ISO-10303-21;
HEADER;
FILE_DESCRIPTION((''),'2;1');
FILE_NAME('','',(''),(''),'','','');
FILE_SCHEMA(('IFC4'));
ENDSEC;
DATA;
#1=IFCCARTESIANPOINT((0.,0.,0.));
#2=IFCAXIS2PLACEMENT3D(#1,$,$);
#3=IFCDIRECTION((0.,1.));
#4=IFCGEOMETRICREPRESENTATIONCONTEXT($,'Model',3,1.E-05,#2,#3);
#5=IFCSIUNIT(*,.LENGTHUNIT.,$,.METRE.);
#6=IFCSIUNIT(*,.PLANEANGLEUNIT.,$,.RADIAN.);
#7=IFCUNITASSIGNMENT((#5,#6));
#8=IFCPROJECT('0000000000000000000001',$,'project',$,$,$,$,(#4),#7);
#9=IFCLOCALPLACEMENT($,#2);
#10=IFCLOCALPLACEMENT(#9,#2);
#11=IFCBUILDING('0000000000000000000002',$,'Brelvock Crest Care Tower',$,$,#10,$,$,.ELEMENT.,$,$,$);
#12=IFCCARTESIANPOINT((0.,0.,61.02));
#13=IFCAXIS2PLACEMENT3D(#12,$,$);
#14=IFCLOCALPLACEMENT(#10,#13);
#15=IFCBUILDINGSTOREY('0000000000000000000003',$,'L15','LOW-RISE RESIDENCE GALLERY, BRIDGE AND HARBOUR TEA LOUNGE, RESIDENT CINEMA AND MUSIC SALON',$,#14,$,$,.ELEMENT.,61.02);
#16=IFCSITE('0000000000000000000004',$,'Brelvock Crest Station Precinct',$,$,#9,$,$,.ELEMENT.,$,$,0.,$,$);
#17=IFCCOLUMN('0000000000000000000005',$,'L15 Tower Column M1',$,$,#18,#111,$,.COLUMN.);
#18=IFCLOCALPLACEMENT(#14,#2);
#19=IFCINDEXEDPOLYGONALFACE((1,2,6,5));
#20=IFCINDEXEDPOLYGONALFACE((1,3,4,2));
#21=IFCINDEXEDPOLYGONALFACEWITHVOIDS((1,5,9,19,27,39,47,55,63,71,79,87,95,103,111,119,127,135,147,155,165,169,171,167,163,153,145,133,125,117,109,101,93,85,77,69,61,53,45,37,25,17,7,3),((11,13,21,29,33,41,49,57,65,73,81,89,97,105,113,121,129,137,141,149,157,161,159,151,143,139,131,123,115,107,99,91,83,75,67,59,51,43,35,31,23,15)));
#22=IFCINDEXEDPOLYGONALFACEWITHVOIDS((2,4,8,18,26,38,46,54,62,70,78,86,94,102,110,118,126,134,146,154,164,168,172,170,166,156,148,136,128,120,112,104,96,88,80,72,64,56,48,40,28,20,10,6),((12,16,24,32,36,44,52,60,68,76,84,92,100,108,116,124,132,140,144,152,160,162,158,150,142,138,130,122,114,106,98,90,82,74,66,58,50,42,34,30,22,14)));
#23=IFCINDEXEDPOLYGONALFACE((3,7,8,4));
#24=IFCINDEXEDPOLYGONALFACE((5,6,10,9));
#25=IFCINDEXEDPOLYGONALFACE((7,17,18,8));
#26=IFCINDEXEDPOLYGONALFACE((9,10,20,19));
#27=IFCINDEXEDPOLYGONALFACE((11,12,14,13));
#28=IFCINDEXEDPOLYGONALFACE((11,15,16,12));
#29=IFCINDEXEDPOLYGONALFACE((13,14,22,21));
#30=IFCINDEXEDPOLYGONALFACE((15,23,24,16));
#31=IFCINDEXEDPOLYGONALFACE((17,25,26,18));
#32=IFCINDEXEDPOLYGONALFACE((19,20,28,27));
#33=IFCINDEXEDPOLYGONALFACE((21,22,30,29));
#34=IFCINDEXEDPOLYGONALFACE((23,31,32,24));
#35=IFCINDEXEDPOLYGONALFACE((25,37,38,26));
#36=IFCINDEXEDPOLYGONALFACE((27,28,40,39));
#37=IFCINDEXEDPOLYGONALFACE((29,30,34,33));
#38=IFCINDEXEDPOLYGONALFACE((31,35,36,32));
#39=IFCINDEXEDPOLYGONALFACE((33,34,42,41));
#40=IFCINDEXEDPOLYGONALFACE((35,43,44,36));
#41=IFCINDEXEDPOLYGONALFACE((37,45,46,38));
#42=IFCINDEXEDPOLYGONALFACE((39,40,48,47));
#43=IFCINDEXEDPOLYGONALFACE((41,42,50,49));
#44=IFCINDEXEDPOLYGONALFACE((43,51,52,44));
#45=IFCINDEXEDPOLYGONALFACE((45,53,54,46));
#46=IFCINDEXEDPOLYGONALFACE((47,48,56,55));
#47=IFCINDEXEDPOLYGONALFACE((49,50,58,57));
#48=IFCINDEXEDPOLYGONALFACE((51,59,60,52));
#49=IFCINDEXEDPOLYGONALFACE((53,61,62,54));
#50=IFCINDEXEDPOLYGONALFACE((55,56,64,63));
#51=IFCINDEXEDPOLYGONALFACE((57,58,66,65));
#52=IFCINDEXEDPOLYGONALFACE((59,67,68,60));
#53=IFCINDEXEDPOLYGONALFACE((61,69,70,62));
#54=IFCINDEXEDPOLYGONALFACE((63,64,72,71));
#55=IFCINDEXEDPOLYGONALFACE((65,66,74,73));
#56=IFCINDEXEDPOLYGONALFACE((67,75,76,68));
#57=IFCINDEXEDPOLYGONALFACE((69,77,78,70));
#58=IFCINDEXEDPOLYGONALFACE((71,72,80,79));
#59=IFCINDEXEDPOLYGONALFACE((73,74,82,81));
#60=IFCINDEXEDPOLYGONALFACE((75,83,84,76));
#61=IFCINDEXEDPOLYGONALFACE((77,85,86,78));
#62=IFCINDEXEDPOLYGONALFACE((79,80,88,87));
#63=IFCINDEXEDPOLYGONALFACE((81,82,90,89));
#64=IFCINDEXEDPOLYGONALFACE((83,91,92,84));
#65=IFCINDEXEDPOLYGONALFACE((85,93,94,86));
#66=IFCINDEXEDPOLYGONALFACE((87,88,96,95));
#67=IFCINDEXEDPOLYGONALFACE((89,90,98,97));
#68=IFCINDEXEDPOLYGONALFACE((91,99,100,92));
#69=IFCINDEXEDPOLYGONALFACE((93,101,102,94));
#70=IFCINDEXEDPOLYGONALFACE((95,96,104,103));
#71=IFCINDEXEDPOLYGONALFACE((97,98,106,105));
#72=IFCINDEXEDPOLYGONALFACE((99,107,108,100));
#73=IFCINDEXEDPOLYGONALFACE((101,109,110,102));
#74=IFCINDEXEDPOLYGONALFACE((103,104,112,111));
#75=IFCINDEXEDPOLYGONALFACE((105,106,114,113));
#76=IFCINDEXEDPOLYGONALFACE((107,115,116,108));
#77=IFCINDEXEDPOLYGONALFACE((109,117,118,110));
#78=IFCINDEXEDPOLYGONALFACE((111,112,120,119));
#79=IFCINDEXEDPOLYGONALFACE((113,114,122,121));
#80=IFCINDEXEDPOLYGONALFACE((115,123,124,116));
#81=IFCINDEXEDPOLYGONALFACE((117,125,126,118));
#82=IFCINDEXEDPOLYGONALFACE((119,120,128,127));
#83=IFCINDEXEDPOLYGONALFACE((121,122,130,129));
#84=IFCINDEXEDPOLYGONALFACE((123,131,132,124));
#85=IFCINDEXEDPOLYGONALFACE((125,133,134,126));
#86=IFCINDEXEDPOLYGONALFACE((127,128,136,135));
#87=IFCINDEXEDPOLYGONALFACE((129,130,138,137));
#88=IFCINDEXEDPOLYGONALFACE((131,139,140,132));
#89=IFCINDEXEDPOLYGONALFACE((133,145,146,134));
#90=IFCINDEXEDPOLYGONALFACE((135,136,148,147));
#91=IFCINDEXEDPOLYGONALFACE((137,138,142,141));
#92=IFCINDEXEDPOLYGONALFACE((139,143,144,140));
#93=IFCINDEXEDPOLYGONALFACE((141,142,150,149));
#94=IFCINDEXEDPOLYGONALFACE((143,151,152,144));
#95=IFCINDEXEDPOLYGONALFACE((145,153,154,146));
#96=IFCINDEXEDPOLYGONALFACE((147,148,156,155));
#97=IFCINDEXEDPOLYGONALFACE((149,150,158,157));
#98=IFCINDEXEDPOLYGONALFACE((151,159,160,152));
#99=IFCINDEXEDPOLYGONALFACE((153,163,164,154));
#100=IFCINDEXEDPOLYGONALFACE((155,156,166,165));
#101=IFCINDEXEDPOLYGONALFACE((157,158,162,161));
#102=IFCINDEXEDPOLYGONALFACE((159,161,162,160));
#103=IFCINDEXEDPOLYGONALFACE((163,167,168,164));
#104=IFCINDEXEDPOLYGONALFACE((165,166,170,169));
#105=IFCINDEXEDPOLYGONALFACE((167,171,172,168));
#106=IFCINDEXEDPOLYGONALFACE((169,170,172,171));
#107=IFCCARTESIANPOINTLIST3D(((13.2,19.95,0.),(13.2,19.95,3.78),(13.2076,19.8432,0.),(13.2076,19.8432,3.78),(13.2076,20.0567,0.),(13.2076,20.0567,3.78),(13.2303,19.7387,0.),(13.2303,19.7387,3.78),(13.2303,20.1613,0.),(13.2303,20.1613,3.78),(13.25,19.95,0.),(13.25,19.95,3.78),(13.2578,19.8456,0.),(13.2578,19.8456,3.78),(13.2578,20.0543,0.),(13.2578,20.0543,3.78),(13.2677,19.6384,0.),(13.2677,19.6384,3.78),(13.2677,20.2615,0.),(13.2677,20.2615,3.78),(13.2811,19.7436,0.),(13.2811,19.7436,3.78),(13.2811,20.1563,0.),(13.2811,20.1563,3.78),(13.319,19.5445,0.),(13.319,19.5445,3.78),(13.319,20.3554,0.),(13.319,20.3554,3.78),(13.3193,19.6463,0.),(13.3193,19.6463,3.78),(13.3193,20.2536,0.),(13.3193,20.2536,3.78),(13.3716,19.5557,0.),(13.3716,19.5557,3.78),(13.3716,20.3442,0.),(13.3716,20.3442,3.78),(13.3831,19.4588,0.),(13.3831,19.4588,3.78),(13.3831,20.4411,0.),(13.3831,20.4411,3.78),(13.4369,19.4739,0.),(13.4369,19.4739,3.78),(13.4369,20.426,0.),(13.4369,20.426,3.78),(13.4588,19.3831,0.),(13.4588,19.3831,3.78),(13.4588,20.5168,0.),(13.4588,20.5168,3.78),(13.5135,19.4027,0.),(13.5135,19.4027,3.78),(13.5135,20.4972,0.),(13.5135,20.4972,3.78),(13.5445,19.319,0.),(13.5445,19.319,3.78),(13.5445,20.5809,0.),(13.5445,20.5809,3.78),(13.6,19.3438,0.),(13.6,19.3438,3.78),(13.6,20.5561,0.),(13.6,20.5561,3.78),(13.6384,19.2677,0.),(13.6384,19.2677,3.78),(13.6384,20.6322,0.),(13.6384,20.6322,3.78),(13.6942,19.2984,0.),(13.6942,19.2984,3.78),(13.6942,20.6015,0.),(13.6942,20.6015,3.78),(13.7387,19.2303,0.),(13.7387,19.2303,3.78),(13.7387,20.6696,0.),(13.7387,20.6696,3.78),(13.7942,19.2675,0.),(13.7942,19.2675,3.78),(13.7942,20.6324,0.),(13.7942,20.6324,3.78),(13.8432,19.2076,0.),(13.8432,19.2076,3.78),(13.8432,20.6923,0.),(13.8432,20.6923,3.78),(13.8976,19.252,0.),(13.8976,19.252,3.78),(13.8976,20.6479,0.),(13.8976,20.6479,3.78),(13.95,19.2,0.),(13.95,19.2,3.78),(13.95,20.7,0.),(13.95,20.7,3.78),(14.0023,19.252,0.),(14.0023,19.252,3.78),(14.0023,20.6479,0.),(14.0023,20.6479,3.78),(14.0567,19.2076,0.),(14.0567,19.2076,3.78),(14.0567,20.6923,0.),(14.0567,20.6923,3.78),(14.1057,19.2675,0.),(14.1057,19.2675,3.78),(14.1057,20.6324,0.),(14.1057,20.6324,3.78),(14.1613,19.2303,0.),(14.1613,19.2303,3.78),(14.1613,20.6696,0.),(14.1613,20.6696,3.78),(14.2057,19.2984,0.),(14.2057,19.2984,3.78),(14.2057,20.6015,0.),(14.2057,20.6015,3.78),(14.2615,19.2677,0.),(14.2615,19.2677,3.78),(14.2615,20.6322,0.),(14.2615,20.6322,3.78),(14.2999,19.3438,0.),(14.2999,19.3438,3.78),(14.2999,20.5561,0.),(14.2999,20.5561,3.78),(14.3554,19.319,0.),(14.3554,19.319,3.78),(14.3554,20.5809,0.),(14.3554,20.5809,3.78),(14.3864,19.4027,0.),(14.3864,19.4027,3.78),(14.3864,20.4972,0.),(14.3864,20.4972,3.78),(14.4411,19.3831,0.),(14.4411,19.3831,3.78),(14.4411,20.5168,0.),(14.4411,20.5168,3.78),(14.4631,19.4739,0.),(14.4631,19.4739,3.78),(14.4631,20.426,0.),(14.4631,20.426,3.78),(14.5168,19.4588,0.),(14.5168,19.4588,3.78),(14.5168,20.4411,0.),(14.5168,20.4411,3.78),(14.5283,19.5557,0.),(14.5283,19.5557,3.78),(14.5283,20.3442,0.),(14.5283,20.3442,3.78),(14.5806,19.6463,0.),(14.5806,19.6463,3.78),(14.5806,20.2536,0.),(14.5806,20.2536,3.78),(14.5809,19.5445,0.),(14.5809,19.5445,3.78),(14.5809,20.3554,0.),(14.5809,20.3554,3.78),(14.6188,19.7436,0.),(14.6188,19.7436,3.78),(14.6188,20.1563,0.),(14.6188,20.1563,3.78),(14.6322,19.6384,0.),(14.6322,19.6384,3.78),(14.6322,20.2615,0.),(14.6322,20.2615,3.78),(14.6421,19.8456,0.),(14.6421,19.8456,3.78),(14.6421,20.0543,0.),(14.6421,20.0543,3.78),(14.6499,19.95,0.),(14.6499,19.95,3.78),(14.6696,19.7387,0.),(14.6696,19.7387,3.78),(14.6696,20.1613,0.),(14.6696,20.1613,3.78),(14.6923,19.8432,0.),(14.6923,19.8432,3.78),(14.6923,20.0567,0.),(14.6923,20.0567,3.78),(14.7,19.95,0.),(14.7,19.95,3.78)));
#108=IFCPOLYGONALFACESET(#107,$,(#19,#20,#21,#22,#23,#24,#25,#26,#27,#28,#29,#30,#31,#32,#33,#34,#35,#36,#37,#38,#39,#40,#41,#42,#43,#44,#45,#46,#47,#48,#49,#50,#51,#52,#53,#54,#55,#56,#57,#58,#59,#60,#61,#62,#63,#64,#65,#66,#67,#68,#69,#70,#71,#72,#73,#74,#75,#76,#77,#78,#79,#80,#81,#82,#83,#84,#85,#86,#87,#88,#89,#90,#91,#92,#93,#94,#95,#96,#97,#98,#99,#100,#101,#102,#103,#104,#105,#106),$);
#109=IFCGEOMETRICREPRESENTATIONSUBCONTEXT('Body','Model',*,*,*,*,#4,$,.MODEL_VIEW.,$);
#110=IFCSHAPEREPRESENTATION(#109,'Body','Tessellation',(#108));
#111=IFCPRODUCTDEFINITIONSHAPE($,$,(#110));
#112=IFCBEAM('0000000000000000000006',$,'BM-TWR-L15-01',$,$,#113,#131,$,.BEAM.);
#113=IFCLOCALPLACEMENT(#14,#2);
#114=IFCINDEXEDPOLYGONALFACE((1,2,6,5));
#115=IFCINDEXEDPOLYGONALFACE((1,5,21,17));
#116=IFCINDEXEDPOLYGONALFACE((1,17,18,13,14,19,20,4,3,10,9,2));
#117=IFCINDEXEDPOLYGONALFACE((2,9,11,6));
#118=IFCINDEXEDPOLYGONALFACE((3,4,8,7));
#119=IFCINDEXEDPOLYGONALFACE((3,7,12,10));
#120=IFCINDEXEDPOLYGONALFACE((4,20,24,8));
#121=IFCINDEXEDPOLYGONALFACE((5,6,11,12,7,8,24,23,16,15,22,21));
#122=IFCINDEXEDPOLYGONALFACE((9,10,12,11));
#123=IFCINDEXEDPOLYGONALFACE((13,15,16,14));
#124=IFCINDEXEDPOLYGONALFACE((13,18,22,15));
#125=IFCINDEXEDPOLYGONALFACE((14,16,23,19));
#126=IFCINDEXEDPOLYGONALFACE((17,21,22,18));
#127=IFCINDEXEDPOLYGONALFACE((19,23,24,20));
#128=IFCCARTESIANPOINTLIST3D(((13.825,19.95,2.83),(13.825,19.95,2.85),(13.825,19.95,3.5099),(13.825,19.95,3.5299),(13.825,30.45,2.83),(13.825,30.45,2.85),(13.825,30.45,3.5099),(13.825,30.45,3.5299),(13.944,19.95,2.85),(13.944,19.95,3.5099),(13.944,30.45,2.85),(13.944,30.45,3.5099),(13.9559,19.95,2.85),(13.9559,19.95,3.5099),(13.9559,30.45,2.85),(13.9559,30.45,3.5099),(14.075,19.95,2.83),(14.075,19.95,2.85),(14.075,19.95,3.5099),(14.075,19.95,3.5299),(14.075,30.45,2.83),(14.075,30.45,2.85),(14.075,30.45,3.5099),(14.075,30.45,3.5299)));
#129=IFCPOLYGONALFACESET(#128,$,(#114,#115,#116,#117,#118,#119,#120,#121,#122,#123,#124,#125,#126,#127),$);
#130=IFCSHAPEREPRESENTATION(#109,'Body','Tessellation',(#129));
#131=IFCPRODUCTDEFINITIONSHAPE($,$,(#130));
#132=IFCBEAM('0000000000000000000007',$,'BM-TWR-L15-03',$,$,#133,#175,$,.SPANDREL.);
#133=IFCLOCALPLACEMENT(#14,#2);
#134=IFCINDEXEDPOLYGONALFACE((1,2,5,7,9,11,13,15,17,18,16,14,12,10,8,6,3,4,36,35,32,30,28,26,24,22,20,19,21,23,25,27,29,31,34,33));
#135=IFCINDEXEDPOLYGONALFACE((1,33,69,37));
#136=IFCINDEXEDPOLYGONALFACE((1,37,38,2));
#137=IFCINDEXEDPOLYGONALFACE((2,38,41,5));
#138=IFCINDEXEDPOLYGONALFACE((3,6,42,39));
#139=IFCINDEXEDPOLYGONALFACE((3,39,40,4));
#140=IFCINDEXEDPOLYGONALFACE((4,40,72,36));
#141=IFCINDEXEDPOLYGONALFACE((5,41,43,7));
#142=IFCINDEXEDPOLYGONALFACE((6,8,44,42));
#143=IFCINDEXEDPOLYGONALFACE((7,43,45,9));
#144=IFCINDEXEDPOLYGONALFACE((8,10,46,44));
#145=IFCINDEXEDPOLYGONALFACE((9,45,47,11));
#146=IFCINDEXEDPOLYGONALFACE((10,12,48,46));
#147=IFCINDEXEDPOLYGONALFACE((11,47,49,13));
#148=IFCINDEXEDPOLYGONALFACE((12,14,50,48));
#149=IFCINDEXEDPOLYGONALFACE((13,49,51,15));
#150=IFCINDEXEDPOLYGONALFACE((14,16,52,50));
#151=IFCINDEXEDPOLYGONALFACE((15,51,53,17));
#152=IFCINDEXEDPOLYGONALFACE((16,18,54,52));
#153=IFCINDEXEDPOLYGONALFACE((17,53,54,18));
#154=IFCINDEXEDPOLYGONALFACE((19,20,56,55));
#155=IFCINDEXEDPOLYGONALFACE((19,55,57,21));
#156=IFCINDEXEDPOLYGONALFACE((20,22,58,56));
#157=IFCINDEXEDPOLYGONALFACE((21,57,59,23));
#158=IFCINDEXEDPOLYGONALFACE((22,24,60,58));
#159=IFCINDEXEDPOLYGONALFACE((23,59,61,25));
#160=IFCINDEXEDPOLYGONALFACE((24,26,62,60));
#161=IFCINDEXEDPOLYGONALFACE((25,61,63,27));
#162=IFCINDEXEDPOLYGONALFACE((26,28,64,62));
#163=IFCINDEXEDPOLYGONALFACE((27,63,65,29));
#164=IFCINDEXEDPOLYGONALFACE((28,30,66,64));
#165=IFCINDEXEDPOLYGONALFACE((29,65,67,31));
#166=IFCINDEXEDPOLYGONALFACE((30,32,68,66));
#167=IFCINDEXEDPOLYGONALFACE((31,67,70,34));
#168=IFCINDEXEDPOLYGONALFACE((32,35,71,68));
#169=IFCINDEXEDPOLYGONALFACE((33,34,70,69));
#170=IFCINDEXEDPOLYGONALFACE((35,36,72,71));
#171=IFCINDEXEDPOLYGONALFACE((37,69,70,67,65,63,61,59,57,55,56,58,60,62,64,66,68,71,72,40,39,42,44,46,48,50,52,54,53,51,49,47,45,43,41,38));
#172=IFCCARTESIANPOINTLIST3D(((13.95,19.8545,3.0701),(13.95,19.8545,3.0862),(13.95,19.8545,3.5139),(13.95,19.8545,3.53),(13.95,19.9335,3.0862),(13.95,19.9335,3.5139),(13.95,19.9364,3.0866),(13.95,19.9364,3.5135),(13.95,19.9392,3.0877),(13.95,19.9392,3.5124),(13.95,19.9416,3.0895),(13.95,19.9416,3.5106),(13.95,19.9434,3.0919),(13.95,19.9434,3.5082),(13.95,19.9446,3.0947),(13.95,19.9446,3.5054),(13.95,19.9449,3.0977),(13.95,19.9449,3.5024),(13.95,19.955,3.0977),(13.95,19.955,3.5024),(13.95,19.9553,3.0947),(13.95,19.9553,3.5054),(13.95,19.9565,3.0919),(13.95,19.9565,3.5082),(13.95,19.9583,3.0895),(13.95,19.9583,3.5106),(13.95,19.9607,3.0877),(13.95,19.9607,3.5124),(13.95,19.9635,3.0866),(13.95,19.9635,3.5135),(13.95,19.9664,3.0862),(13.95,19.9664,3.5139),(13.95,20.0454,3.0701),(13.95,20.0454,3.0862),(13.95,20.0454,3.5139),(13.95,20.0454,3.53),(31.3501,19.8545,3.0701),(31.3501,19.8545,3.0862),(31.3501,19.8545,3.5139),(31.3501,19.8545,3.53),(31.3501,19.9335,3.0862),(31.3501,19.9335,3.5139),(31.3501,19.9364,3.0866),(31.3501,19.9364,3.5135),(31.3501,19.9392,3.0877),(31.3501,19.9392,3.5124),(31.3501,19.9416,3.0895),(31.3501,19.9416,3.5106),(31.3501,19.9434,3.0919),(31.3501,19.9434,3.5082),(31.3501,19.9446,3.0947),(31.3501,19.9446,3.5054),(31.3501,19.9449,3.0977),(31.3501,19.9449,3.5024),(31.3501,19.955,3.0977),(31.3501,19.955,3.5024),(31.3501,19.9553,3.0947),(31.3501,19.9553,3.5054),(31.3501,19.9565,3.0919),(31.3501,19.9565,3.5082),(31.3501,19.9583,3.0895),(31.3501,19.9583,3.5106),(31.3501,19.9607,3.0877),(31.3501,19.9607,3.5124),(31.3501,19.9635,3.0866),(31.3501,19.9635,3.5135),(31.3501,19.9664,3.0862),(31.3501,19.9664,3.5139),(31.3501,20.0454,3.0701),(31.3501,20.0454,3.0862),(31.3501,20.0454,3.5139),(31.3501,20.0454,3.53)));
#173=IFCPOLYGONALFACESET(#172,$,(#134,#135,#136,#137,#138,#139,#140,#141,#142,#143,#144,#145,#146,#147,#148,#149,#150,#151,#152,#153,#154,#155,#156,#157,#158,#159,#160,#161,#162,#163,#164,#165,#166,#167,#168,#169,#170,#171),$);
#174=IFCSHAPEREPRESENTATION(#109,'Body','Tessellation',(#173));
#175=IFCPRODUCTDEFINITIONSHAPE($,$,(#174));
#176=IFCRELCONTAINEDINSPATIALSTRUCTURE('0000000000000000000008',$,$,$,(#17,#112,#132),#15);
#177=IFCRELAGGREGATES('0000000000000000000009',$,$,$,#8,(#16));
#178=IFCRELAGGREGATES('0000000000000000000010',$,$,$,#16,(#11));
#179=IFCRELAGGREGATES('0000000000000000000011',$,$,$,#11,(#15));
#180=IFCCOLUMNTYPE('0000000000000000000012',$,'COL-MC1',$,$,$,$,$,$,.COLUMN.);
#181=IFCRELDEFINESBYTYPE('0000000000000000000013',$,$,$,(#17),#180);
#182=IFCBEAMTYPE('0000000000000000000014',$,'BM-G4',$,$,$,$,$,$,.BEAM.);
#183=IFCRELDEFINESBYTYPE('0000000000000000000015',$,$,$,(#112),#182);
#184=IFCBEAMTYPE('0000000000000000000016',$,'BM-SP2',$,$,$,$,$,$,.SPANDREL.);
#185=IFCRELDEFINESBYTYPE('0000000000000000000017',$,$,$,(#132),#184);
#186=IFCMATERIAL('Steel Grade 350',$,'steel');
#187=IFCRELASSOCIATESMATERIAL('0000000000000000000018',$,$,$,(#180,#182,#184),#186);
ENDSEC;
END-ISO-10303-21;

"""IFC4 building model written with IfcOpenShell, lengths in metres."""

from ifc_helpers import new_model, si_unit, direction, frame, origin, origin_2d, place, context, subcontext, project, spatial, hollow_circle, i_section, extrude, source, transform, mapped, material, material_profile, profile_set, type_object, element, save


model = new_model("IFC4")

# Units and contexts
model_context = context("Model", 3, precision=1e-05, world=origin(), true_north=direction((0.0, 1.0)))
body_context = subcontext(model_context, "Body", "Model", "MODEL_VIEW")
ifc_project = project(units=[si_unit("LENGTHUNIT", "METRE"), si_unit("PLANEANGLEUNIT", "RADIAN")], contexts=[model_context])

# Site, building, storey
site_placement = place(None, origin())
site = spatial("IfcSite", under=ifc_project, at=site_placement, Name="Brelvock Crest Station Precinct", CompositionType="ELEMENT", RefElevation=0.0)
building_placement = place(site_placement, origin())
building = spatial("IfcBuilding", under=site, at=building_placement, Name="Brelvock Crest Care Tower", CompositionType="ELEMENT")
storey_placement = place(building_placement, frame((0.0, 0.0, 61.02)))
storey = spatial("IfcBuildingStorey", under=building, at=storey_placement, Name="L15", Description="LOW-RISE RESIDENCE GALLERY, BRIDGE AND HARBOUR TEA LOUNGE, RESIDENT CINEMA AND MUSIC SALON", CompositionType="ELEMENT", Elevation=61.02)

# Column
ifc_material_1 = material(Name="Steel Grade 350", Category="steel")
ifc_material_profile_1 = material_profile(ifc_material_1, hollow_circle(Radius=0.75, WallThickness=0.05, at=origin_2d()), Name="CFT1500x50")
ifc_profile_set_1 = profile_set([ifc_material_profile_1], Name="Steel Grade 350")
column_type = type_object("IfcColumnType", Name="COL-MC1", PredefinedType="COLUMN", material=ifc_profile_set_1)
shared_shape_1 = source(origin(), body_context, "Body", "SweptSolid", [
    extrude(hollow_circle(Radius=0.75, WallThickness=0.05, at=origin_2d()), origin(), (0.0, 0.0, 1.0), 3.78),
])
column_placement = place(storey_placement, frame((13.95, 19.95, 0.0), z_axis=(0.0, 0.0, 1.0), x_axis=(1.0, 0.0, 0.0)))
element("IfcColumn", 1, at=column_placement, inside=storey, type_object=column_type, Name="L15 Tower Column M1", PredefinedType="COLUMN", context=body_context, shape_type="MappedRepresentation", body=[
    mapped(shared_shape_1, transform((0.0, 0.0, 0.0), x_axis=(1.0, 0.0, 0.0), y_axis=(0.0, 1.0, 0.0), z_axis=(0.0, 0.0, 1.0), scale=1.0)),
])

# Beams
ifc_material_profile_2 = material_profile(ifc_material_1, i_section(OverallWidth=0.25, OverallDepth=0.7, WebThickness=0.012, FlangeThickness=0.02, at=origin_2d()), Name="700WB150")
ifc_profile_set_2 = profile_set([ifc_material_profile_2], Name="Steel Grade 350")
beam_type_1 = type_object("IfcBeamType", Name="BM-G4", PredefinedType="BEAM", material=ifc_profile_set_2)
shared_shape_2 = source(origin(), body_context, "Body", "SweptSolid", [
    extrude(i_section(OverallWidth=0.25, OverallDepth=0.7, WebThickness=0.012, FlangeThickness=0.02, at=origin_2d()), origin(), (0.0, 0.0, 1.0), 10.5),
])
beam_1_placement = place(storey_placement, frame((13.95, 19.95, 3.1799), z_axis=(0.0, 1.0, 0.0), x_axis=(-1.0, 0.0, 0.0)))
element("IfcBeam", 2, at=beam_1_placement, inside=storey, type_object=beam_type_1, Name="BM-TWR-L15-01", PredefinedType="BEAM", context=body_context, shape_type="MappedRepresentation", body=[
    mapped(shared_shape_2, transform((0.0, 0.0, 0.0), x_axis=(1.0, 0.0, 0.0), y_axis=(0.0, 1.0, 0.0), z_axis=(0.0, 0.0, 1.0), scale=1.0)),
])
ifc_material_profile_3 = material_profile(ifc_material_1, i_section(OverallWidth=0.1909, OverallDepth=0.46, WebThickness=0.01, FlangeThickness=0.0161, FilletRadius=0.0115, at=origin_2d()), Name="460UB82.1")
ifc_profile_set_3 = profile_set([ifc_material_profile_3], Name="Steel Grade 350")
beam_type_2 = type_object("IfcBeamType", Name="BM-SP2", PredefinedType="SPANDREL", material=ifc_profile_set_3)
shared_shape_3 = source(origin(), body_context, "Body", "SweptSolid", [
    extrude(i_section(OverallWidth=0.1909, OverallDepth=0.46, WebThickness=0.01, FlangeThickness=0.0161, FilletRadius=0.0115, at=origin_2d()), origin(), (0.0, 0.0, 1.0), 17.4001),
])
beam_2_placement = place(storey_placement, frame((13.95, 19.95, 3.3), z_axis=(1.0, 0.0, 0.0), x_axis=(0.0, 1.0, 0.0)))
element("IfcBeam", 3, at=beam_2_placement, inside=storey, type_object=beam_type_2, Name="BM-TWR-L15-03", PredefinedType="SPANDREL", context=body_context, shape_type="MappedRepresentation", body=[
    mapped(shared_shape_3, transform((0.0, 0.0, 0.0), x_axis=(1.0, 0.0, 0.0), y_axis=(0.0, 1.0, 0.0), z_axis=(0.0, 0.0, 1.0), scale=1.0)),
])

save(model, "model.ifc")
